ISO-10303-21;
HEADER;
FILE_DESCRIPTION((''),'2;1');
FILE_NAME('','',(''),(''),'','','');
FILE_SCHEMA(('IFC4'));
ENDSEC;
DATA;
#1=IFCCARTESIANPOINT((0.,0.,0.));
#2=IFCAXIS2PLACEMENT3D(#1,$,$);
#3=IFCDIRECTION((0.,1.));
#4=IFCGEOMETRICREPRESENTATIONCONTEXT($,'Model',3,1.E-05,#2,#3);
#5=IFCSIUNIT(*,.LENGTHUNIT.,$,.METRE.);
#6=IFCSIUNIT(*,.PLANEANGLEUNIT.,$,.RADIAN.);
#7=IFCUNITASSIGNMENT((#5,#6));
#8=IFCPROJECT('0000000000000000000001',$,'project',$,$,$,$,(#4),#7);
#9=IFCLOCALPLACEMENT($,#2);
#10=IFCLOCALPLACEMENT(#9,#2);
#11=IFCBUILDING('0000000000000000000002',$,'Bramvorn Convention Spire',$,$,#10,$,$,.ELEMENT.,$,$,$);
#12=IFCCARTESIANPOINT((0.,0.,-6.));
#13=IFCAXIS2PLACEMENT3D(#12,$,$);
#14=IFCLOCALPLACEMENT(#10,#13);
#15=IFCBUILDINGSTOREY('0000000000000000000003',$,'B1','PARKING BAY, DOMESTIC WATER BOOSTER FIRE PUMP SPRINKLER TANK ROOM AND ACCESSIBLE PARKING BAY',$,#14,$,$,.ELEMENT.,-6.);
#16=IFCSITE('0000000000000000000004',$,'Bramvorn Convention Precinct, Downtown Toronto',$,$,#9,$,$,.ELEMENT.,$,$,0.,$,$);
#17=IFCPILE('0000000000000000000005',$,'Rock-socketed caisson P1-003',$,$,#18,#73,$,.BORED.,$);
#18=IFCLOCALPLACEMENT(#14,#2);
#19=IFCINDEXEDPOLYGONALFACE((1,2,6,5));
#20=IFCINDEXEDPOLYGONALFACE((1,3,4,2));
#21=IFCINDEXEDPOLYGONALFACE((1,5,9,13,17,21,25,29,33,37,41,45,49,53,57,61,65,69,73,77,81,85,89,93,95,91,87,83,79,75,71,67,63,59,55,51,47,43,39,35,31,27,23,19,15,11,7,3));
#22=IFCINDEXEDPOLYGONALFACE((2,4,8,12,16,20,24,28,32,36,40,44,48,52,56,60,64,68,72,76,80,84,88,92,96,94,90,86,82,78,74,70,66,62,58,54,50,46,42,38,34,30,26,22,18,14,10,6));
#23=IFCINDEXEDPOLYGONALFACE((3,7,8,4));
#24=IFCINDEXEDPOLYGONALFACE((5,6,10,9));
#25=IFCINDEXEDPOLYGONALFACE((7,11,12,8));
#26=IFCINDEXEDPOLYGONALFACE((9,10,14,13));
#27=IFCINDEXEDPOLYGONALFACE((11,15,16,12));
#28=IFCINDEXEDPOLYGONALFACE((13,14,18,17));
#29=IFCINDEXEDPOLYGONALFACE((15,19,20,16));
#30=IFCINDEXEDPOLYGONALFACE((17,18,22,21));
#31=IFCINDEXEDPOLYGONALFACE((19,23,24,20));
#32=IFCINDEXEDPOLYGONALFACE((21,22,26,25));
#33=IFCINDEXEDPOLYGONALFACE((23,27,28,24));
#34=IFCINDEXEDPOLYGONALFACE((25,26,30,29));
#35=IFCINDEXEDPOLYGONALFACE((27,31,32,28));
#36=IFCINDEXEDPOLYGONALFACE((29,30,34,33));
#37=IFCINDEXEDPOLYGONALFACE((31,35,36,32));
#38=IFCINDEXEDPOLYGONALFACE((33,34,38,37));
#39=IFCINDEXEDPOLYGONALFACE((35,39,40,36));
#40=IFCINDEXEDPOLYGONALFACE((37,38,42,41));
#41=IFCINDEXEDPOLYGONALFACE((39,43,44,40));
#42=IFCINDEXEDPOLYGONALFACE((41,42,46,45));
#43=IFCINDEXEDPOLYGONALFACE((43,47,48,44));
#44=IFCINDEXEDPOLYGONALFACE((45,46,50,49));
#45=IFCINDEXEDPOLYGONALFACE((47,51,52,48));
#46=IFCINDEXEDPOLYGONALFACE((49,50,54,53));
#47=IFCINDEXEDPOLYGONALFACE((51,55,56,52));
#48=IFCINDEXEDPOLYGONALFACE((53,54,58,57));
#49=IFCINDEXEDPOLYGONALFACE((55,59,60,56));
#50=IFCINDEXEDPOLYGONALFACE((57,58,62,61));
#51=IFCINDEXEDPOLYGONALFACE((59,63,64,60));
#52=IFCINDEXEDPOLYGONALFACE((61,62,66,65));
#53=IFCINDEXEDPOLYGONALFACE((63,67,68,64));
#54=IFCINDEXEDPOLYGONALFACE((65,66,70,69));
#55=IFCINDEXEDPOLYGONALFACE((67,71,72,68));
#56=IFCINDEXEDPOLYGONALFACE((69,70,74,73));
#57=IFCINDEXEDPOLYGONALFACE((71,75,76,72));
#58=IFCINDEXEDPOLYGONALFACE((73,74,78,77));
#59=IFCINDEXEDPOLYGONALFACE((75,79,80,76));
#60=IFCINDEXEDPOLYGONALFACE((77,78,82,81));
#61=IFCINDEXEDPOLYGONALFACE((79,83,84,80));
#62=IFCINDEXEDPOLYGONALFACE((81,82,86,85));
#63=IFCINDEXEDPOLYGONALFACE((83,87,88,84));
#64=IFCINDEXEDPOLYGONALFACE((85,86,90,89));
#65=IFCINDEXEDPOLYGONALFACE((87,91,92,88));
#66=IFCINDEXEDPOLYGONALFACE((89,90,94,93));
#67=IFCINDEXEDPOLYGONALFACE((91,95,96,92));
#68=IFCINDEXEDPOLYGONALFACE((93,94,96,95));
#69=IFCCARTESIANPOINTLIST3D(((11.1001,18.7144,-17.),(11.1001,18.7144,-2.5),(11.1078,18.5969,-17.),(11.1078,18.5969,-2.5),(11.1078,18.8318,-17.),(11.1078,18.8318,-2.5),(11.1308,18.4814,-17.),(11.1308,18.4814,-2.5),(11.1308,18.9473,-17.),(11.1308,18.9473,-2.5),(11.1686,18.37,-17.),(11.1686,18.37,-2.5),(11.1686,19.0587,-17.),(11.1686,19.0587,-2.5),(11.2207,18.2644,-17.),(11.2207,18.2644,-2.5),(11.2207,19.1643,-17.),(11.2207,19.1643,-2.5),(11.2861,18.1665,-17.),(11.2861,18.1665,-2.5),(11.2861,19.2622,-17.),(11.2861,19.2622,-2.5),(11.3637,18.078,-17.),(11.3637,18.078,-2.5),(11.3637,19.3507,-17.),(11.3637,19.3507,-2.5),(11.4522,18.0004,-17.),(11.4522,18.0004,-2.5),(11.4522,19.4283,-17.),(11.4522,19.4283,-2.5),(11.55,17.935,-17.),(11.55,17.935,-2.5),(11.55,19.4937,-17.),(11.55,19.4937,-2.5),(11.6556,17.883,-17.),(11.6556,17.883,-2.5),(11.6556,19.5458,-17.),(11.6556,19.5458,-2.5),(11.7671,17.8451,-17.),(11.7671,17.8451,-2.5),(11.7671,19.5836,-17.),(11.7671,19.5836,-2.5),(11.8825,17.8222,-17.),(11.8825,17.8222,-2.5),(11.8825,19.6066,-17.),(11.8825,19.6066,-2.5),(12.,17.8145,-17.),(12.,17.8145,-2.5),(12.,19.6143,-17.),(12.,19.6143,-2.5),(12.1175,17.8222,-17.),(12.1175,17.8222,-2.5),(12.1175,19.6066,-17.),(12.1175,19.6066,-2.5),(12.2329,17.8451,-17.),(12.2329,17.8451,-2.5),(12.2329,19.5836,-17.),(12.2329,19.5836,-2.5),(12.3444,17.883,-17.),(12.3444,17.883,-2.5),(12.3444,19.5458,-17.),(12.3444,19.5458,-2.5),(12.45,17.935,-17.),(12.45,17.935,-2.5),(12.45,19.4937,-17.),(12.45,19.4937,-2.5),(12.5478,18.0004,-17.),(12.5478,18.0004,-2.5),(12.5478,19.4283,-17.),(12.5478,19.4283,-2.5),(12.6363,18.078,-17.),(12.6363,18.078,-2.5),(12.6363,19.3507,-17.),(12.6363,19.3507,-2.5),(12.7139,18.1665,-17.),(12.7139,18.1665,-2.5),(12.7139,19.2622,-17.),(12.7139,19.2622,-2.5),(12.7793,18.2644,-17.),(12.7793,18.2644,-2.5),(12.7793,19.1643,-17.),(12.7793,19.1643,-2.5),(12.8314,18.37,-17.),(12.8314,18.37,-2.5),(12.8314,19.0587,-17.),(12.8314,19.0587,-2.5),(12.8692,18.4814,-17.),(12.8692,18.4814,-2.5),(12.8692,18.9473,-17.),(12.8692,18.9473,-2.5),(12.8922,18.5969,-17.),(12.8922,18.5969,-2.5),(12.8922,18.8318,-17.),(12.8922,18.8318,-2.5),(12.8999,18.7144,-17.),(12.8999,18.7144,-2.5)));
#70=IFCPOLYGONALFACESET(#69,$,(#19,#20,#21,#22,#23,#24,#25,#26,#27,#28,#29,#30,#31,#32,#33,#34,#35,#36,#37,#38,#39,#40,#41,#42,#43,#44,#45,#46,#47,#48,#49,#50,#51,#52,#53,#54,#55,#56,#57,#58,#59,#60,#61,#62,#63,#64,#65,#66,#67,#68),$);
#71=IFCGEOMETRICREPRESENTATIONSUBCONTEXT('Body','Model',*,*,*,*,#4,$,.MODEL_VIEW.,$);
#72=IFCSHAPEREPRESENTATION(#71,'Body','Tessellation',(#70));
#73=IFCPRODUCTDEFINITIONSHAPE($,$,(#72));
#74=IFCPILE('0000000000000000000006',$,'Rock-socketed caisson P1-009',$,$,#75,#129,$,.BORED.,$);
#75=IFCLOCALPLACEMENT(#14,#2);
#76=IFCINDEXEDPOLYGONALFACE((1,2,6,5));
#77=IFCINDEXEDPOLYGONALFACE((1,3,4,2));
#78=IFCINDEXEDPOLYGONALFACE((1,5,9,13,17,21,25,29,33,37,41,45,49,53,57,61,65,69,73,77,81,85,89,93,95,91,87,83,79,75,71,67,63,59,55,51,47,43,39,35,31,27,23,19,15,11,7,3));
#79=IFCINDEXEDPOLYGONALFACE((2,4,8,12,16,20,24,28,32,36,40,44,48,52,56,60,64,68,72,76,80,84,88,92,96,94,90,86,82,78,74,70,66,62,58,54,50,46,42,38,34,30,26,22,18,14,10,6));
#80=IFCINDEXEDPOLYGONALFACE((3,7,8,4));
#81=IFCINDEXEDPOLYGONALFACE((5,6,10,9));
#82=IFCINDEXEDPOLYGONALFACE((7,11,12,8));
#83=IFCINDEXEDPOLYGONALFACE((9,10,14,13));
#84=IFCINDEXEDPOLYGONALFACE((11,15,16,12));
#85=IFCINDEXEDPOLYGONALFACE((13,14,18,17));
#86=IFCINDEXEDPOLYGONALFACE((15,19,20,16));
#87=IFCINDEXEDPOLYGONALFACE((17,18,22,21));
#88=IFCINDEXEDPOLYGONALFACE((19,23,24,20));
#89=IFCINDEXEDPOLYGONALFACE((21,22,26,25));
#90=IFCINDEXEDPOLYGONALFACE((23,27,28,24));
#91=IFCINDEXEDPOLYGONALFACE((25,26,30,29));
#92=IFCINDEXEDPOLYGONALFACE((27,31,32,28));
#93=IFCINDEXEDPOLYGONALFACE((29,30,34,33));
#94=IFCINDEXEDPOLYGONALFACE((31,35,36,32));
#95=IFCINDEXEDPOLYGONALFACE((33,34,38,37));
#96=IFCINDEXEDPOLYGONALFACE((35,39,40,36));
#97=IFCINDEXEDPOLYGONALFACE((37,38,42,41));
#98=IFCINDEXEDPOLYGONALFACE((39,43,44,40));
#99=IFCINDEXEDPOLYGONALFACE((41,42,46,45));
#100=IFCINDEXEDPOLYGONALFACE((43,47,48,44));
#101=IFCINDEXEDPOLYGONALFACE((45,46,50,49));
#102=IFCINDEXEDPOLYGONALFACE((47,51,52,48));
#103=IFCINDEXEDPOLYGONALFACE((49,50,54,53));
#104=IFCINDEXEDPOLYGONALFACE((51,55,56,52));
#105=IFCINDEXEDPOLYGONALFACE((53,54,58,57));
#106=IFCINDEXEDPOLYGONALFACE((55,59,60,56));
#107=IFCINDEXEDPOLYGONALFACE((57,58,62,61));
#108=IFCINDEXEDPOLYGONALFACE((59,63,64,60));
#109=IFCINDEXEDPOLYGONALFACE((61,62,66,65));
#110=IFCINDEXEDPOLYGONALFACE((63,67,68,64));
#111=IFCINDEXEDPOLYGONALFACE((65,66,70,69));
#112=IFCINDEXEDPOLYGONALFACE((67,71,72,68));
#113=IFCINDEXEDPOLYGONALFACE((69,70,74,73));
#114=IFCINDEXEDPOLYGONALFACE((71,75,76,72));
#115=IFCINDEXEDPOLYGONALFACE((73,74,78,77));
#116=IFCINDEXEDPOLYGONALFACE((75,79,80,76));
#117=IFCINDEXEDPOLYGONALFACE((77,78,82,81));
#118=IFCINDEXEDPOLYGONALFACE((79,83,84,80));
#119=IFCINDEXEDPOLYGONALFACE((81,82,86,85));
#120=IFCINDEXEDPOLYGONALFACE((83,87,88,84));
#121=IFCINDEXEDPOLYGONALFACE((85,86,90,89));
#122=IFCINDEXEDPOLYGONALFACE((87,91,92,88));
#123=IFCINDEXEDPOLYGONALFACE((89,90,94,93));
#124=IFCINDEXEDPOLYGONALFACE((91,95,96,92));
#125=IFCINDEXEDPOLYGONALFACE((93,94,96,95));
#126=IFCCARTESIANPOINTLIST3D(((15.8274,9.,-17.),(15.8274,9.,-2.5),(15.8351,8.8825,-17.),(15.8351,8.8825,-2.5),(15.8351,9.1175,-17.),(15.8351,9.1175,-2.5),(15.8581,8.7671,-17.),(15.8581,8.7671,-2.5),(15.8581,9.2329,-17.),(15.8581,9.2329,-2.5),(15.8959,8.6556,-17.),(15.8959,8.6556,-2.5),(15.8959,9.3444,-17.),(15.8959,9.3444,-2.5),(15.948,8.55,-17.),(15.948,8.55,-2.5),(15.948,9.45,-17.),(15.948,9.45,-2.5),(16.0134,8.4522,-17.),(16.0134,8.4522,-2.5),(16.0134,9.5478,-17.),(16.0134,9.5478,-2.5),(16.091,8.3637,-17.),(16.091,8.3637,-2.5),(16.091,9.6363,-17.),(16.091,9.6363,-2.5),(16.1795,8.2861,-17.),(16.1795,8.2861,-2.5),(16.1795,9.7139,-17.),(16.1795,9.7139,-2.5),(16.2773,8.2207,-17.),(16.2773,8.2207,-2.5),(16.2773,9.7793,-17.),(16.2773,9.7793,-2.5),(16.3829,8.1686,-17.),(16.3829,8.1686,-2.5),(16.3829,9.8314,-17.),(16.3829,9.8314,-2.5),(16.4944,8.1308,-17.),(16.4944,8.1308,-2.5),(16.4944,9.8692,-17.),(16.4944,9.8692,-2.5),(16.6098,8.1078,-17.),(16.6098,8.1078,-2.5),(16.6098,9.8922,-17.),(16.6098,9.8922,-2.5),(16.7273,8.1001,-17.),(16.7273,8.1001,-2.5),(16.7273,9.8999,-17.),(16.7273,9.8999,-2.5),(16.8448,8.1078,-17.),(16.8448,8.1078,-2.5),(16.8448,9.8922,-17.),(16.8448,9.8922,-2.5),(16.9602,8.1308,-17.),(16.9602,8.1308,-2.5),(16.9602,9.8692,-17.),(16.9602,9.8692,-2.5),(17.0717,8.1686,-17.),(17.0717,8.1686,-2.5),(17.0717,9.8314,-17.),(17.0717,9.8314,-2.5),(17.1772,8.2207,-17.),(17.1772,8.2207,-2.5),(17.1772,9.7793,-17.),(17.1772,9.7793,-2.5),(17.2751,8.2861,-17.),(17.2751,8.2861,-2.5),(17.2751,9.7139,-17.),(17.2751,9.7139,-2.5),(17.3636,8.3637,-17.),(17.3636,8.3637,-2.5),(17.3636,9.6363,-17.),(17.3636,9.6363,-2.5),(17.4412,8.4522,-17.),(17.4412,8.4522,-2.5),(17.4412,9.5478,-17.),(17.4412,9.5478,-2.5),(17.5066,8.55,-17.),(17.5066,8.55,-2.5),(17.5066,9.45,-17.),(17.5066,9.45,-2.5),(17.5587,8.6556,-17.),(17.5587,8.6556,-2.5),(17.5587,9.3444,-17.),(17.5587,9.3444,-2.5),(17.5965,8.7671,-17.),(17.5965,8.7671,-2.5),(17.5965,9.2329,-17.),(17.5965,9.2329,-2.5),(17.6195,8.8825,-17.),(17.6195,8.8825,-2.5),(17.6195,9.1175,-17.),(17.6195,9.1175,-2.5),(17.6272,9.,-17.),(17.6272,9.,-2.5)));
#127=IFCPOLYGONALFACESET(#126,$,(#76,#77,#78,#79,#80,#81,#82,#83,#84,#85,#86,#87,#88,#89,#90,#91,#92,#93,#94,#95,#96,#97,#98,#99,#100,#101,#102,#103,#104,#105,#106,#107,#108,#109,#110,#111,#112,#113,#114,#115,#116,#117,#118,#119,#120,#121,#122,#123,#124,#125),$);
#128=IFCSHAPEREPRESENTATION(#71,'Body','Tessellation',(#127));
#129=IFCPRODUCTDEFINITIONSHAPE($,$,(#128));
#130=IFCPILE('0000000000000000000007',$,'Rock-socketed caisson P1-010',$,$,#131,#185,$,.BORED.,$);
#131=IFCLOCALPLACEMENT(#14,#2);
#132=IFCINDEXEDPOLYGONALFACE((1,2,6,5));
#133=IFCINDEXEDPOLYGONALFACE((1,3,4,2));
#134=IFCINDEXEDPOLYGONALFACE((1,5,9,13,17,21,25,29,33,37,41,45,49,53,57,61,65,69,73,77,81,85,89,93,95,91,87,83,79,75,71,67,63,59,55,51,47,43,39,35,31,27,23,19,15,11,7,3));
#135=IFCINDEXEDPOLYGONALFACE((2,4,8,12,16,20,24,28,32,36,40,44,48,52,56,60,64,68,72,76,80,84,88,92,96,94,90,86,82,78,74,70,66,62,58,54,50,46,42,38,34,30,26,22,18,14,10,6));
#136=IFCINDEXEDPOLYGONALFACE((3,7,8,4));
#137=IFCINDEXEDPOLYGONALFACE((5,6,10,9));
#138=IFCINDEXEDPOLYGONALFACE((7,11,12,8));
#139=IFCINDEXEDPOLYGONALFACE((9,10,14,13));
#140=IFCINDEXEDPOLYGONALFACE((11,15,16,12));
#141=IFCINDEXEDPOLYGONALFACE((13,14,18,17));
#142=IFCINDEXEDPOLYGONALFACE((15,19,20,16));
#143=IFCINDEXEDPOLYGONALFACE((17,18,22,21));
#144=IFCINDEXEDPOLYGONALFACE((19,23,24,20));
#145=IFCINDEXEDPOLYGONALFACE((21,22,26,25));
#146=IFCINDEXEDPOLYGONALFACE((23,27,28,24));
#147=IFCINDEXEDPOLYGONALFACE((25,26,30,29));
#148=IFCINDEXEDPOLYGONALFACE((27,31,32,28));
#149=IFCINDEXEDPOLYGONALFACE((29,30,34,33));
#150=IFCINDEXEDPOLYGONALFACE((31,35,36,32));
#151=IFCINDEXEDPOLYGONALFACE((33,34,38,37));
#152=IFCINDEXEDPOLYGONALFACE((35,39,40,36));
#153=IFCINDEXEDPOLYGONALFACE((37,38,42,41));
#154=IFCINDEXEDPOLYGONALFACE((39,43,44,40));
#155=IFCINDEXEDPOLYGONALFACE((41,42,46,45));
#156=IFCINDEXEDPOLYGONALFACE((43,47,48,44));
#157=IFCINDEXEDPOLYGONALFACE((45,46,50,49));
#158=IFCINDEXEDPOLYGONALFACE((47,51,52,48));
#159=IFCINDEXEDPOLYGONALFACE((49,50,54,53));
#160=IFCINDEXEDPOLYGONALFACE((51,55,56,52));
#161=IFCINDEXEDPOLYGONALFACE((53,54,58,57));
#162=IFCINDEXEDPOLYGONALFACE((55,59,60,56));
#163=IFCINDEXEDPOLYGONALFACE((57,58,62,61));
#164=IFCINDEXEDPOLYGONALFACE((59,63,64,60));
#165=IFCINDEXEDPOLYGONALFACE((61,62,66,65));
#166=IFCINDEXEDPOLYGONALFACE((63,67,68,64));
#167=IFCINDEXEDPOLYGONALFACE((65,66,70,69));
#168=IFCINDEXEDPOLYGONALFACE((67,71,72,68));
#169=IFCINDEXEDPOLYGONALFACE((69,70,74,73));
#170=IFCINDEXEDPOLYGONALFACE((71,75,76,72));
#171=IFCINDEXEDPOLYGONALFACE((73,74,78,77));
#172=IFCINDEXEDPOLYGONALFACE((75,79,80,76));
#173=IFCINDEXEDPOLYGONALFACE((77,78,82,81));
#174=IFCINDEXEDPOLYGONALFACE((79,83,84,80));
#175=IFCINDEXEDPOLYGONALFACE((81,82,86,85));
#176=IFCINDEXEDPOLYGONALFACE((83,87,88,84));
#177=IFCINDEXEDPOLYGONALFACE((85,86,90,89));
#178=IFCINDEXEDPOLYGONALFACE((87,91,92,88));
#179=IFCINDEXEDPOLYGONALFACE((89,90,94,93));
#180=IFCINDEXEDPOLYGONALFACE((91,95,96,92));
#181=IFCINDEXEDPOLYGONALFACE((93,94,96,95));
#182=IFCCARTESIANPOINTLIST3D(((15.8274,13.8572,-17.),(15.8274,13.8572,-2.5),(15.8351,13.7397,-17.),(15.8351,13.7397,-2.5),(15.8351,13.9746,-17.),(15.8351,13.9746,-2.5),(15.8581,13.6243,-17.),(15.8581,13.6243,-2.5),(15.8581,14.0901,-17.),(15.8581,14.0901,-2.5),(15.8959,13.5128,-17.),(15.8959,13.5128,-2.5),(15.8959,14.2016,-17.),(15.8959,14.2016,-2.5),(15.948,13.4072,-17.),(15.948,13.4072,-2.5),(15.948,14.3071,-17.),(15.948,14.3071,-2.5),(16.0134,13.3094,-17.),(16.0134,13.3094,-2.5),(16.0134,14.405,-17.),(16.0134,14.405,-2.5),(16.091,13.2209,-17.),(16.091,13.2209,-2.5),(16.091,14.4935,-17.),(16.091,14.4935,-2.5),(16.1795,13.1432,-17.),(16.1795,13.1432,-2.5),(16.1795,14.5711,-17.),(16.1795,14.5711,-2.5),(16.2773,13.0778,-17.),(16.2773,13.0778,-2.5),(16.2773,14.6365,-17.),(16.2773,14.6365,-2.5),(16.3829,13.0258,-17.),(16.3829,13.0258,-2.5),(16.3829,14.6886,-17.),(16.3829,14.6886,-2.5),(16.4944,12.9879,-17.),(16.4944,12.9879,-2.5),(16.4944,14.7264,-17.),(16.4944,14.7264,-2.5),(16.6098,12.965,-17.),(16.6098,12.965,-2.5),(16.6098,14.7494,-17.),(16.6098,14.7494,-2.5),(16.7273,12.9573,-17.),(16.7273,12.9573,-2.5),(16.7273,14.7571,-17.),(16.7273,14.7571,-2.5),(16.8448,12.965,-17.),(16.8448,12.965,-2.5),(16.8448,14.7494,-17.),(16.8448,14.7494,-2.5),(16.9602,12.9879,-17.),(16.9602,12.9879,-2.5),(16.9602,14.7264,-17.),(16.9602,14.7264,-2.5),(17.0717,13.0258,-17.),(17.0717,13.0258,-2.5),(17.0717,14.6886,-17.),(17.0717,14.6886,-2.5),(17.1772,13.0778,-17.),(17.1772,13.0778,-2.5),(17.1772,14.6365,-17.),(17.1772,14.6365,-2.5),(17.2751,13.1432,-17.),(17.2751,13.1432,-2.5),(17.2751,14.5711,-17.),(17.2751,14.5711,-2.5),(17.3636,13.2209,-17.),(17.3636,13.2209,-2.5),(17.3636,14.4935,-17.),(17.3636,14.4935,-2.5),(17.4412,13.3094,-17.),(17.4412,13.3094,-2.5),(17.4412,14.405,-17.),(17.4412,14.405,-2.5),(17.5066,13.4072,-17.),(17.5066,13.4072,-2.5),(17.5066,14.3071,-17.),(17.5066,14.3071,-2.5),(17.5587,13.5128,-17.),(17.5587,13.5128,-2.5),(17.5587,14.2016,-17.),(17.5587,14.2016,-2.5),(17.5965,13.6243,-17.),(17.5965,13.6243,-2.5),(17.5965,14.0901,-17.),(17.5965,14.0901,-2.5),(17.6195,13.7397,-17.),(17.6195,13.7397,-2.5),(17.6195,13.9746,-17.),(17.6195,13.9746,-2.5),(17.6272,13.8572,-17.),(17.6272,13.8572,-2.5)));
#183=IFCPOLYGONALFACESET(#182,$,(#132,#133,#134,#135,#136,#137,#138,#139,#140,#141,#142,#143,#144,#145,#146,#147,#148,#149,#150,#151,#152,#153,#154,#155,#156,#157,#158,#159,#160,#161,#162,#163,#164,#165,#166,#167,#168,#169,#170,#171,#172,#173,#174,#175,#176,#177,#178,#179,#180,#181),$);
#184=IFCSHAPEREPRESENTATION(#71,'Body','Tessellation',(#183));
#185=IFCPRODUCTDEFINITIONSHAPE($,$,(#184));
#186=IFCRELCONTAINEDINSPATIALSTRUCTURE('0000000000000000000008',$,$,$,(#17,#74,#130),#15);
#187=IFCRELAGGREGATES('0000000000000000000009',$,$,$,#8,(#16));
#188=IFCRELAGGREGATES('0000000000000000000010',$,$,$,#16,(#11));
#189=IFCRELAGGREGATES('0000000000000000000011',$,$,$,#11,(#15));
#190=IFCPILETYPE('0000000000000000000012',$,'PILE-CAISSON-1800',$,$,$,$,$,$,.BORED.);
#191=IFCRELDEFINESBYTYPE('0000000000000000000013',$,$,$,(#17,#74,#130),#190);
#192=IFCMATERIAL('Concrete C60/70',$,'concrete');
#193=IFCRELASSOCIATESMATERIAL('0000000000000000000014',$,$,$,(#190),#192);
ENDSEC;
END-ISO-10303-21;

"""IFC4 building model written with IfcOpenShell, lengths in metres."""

from ifc_helpers import new_model, si_unit, direction, frame, origin, origin_2d, place, context, subcontext, project, spatial, circle, extrude, material, material_profile, profile_set, type_object, element, save


model = new_model("IFC4")

# Units and contexts
model_context = context("Model", 3, precision=1e-05, world=origin(), true_north=direction((0.0, 1.0)))
body_context = subcontext(model_context, "Body", "Model", "MODEL_VIEW")
ifc_project = project(units=[si_unit("LENGTHUNIT", "METRE"), si_unit("PLANEANGLEUNIT", "RADIAN")], contexts=[model_context])

# Site, building, storey
site_placement = place(None, origin())
site = spatial("IfcSite", under=ifc_project, at=site_placement, Name="Bramvorn Convention Precinct, Downtown Toronto", CompositionType="ELEMENT", RefElevation=0.0)
building_placement = place(site_placement, origin())
building = spatial("IfcBuilding", under=site, at=building_placement, Name="Bramvorn Convention Spire", CompositionType="ELEMENT")
storey_placement = place(building_placement, frame((0.0, 0.0, -6.0)))
storey = spatial("IfcBuildingStorey", under=building, at=storey_placement, Name="B1", Description="PARKING BAY, DOMESTIC WATER BOOSTER FIRE PUMP SPRINKLER TANK ROOM AND ACCESSIBLE PARKING BAY", CompositionType="ELEMENT", Elevation=-6.0)

# Shared definitions
ifc_material_1 = material(Name="Concrete C60/70", Category="concrete")

# Piles
ifc_material_profile_1 = material_profile(ifc_material_1, circle(Radius=0.8999, at=origin_2d()))
ifc_profile_set_1 = profile_set([ifc_material_profile_1], Name="Concrete C60/70 - CAISSON1800")
pile_type_1 = type_object("IfcPileType", Name="PILE-CAISSON-1800", PredefinedType="BORED", material=ifc_profile_set_1)
for number, where, z_axis, x_axis, name in (
    (1, (12.0, 18.7144, -2.5), (0.0, 0.0, -1.0), (1.0, 0.0, 0.0), "Rock-socketed caisson P1-003"),
    (2, (16.7273, 9.0, -2.5), (0.0, 0.0, -1.0), (1.0, 0.0, 0.0), "Rock-socketed caisson P1-009"),
    (3, (16.7273, 13.8572, -2.5), (0.0, 0.0, -1.0), (1.0, 0.0, 0.0), "Rock-socketed caisson P1-010"),
):
    element("IfcPile", number, at=place(storey_placement, frame(where, z_axis=z_axis, x_axis=x_axis)), inside=storey, type_object=pile_type_1, Name=name, PredefinedType="BORED", context=body_context, shape_type="SweptSolid", body=[
        extrude(circle(Radius=0.8999, at=origin_2d()), origin(), (0.0, 0.0, 1.0), 14.5),
    ])

save(model, "model.ifc")
